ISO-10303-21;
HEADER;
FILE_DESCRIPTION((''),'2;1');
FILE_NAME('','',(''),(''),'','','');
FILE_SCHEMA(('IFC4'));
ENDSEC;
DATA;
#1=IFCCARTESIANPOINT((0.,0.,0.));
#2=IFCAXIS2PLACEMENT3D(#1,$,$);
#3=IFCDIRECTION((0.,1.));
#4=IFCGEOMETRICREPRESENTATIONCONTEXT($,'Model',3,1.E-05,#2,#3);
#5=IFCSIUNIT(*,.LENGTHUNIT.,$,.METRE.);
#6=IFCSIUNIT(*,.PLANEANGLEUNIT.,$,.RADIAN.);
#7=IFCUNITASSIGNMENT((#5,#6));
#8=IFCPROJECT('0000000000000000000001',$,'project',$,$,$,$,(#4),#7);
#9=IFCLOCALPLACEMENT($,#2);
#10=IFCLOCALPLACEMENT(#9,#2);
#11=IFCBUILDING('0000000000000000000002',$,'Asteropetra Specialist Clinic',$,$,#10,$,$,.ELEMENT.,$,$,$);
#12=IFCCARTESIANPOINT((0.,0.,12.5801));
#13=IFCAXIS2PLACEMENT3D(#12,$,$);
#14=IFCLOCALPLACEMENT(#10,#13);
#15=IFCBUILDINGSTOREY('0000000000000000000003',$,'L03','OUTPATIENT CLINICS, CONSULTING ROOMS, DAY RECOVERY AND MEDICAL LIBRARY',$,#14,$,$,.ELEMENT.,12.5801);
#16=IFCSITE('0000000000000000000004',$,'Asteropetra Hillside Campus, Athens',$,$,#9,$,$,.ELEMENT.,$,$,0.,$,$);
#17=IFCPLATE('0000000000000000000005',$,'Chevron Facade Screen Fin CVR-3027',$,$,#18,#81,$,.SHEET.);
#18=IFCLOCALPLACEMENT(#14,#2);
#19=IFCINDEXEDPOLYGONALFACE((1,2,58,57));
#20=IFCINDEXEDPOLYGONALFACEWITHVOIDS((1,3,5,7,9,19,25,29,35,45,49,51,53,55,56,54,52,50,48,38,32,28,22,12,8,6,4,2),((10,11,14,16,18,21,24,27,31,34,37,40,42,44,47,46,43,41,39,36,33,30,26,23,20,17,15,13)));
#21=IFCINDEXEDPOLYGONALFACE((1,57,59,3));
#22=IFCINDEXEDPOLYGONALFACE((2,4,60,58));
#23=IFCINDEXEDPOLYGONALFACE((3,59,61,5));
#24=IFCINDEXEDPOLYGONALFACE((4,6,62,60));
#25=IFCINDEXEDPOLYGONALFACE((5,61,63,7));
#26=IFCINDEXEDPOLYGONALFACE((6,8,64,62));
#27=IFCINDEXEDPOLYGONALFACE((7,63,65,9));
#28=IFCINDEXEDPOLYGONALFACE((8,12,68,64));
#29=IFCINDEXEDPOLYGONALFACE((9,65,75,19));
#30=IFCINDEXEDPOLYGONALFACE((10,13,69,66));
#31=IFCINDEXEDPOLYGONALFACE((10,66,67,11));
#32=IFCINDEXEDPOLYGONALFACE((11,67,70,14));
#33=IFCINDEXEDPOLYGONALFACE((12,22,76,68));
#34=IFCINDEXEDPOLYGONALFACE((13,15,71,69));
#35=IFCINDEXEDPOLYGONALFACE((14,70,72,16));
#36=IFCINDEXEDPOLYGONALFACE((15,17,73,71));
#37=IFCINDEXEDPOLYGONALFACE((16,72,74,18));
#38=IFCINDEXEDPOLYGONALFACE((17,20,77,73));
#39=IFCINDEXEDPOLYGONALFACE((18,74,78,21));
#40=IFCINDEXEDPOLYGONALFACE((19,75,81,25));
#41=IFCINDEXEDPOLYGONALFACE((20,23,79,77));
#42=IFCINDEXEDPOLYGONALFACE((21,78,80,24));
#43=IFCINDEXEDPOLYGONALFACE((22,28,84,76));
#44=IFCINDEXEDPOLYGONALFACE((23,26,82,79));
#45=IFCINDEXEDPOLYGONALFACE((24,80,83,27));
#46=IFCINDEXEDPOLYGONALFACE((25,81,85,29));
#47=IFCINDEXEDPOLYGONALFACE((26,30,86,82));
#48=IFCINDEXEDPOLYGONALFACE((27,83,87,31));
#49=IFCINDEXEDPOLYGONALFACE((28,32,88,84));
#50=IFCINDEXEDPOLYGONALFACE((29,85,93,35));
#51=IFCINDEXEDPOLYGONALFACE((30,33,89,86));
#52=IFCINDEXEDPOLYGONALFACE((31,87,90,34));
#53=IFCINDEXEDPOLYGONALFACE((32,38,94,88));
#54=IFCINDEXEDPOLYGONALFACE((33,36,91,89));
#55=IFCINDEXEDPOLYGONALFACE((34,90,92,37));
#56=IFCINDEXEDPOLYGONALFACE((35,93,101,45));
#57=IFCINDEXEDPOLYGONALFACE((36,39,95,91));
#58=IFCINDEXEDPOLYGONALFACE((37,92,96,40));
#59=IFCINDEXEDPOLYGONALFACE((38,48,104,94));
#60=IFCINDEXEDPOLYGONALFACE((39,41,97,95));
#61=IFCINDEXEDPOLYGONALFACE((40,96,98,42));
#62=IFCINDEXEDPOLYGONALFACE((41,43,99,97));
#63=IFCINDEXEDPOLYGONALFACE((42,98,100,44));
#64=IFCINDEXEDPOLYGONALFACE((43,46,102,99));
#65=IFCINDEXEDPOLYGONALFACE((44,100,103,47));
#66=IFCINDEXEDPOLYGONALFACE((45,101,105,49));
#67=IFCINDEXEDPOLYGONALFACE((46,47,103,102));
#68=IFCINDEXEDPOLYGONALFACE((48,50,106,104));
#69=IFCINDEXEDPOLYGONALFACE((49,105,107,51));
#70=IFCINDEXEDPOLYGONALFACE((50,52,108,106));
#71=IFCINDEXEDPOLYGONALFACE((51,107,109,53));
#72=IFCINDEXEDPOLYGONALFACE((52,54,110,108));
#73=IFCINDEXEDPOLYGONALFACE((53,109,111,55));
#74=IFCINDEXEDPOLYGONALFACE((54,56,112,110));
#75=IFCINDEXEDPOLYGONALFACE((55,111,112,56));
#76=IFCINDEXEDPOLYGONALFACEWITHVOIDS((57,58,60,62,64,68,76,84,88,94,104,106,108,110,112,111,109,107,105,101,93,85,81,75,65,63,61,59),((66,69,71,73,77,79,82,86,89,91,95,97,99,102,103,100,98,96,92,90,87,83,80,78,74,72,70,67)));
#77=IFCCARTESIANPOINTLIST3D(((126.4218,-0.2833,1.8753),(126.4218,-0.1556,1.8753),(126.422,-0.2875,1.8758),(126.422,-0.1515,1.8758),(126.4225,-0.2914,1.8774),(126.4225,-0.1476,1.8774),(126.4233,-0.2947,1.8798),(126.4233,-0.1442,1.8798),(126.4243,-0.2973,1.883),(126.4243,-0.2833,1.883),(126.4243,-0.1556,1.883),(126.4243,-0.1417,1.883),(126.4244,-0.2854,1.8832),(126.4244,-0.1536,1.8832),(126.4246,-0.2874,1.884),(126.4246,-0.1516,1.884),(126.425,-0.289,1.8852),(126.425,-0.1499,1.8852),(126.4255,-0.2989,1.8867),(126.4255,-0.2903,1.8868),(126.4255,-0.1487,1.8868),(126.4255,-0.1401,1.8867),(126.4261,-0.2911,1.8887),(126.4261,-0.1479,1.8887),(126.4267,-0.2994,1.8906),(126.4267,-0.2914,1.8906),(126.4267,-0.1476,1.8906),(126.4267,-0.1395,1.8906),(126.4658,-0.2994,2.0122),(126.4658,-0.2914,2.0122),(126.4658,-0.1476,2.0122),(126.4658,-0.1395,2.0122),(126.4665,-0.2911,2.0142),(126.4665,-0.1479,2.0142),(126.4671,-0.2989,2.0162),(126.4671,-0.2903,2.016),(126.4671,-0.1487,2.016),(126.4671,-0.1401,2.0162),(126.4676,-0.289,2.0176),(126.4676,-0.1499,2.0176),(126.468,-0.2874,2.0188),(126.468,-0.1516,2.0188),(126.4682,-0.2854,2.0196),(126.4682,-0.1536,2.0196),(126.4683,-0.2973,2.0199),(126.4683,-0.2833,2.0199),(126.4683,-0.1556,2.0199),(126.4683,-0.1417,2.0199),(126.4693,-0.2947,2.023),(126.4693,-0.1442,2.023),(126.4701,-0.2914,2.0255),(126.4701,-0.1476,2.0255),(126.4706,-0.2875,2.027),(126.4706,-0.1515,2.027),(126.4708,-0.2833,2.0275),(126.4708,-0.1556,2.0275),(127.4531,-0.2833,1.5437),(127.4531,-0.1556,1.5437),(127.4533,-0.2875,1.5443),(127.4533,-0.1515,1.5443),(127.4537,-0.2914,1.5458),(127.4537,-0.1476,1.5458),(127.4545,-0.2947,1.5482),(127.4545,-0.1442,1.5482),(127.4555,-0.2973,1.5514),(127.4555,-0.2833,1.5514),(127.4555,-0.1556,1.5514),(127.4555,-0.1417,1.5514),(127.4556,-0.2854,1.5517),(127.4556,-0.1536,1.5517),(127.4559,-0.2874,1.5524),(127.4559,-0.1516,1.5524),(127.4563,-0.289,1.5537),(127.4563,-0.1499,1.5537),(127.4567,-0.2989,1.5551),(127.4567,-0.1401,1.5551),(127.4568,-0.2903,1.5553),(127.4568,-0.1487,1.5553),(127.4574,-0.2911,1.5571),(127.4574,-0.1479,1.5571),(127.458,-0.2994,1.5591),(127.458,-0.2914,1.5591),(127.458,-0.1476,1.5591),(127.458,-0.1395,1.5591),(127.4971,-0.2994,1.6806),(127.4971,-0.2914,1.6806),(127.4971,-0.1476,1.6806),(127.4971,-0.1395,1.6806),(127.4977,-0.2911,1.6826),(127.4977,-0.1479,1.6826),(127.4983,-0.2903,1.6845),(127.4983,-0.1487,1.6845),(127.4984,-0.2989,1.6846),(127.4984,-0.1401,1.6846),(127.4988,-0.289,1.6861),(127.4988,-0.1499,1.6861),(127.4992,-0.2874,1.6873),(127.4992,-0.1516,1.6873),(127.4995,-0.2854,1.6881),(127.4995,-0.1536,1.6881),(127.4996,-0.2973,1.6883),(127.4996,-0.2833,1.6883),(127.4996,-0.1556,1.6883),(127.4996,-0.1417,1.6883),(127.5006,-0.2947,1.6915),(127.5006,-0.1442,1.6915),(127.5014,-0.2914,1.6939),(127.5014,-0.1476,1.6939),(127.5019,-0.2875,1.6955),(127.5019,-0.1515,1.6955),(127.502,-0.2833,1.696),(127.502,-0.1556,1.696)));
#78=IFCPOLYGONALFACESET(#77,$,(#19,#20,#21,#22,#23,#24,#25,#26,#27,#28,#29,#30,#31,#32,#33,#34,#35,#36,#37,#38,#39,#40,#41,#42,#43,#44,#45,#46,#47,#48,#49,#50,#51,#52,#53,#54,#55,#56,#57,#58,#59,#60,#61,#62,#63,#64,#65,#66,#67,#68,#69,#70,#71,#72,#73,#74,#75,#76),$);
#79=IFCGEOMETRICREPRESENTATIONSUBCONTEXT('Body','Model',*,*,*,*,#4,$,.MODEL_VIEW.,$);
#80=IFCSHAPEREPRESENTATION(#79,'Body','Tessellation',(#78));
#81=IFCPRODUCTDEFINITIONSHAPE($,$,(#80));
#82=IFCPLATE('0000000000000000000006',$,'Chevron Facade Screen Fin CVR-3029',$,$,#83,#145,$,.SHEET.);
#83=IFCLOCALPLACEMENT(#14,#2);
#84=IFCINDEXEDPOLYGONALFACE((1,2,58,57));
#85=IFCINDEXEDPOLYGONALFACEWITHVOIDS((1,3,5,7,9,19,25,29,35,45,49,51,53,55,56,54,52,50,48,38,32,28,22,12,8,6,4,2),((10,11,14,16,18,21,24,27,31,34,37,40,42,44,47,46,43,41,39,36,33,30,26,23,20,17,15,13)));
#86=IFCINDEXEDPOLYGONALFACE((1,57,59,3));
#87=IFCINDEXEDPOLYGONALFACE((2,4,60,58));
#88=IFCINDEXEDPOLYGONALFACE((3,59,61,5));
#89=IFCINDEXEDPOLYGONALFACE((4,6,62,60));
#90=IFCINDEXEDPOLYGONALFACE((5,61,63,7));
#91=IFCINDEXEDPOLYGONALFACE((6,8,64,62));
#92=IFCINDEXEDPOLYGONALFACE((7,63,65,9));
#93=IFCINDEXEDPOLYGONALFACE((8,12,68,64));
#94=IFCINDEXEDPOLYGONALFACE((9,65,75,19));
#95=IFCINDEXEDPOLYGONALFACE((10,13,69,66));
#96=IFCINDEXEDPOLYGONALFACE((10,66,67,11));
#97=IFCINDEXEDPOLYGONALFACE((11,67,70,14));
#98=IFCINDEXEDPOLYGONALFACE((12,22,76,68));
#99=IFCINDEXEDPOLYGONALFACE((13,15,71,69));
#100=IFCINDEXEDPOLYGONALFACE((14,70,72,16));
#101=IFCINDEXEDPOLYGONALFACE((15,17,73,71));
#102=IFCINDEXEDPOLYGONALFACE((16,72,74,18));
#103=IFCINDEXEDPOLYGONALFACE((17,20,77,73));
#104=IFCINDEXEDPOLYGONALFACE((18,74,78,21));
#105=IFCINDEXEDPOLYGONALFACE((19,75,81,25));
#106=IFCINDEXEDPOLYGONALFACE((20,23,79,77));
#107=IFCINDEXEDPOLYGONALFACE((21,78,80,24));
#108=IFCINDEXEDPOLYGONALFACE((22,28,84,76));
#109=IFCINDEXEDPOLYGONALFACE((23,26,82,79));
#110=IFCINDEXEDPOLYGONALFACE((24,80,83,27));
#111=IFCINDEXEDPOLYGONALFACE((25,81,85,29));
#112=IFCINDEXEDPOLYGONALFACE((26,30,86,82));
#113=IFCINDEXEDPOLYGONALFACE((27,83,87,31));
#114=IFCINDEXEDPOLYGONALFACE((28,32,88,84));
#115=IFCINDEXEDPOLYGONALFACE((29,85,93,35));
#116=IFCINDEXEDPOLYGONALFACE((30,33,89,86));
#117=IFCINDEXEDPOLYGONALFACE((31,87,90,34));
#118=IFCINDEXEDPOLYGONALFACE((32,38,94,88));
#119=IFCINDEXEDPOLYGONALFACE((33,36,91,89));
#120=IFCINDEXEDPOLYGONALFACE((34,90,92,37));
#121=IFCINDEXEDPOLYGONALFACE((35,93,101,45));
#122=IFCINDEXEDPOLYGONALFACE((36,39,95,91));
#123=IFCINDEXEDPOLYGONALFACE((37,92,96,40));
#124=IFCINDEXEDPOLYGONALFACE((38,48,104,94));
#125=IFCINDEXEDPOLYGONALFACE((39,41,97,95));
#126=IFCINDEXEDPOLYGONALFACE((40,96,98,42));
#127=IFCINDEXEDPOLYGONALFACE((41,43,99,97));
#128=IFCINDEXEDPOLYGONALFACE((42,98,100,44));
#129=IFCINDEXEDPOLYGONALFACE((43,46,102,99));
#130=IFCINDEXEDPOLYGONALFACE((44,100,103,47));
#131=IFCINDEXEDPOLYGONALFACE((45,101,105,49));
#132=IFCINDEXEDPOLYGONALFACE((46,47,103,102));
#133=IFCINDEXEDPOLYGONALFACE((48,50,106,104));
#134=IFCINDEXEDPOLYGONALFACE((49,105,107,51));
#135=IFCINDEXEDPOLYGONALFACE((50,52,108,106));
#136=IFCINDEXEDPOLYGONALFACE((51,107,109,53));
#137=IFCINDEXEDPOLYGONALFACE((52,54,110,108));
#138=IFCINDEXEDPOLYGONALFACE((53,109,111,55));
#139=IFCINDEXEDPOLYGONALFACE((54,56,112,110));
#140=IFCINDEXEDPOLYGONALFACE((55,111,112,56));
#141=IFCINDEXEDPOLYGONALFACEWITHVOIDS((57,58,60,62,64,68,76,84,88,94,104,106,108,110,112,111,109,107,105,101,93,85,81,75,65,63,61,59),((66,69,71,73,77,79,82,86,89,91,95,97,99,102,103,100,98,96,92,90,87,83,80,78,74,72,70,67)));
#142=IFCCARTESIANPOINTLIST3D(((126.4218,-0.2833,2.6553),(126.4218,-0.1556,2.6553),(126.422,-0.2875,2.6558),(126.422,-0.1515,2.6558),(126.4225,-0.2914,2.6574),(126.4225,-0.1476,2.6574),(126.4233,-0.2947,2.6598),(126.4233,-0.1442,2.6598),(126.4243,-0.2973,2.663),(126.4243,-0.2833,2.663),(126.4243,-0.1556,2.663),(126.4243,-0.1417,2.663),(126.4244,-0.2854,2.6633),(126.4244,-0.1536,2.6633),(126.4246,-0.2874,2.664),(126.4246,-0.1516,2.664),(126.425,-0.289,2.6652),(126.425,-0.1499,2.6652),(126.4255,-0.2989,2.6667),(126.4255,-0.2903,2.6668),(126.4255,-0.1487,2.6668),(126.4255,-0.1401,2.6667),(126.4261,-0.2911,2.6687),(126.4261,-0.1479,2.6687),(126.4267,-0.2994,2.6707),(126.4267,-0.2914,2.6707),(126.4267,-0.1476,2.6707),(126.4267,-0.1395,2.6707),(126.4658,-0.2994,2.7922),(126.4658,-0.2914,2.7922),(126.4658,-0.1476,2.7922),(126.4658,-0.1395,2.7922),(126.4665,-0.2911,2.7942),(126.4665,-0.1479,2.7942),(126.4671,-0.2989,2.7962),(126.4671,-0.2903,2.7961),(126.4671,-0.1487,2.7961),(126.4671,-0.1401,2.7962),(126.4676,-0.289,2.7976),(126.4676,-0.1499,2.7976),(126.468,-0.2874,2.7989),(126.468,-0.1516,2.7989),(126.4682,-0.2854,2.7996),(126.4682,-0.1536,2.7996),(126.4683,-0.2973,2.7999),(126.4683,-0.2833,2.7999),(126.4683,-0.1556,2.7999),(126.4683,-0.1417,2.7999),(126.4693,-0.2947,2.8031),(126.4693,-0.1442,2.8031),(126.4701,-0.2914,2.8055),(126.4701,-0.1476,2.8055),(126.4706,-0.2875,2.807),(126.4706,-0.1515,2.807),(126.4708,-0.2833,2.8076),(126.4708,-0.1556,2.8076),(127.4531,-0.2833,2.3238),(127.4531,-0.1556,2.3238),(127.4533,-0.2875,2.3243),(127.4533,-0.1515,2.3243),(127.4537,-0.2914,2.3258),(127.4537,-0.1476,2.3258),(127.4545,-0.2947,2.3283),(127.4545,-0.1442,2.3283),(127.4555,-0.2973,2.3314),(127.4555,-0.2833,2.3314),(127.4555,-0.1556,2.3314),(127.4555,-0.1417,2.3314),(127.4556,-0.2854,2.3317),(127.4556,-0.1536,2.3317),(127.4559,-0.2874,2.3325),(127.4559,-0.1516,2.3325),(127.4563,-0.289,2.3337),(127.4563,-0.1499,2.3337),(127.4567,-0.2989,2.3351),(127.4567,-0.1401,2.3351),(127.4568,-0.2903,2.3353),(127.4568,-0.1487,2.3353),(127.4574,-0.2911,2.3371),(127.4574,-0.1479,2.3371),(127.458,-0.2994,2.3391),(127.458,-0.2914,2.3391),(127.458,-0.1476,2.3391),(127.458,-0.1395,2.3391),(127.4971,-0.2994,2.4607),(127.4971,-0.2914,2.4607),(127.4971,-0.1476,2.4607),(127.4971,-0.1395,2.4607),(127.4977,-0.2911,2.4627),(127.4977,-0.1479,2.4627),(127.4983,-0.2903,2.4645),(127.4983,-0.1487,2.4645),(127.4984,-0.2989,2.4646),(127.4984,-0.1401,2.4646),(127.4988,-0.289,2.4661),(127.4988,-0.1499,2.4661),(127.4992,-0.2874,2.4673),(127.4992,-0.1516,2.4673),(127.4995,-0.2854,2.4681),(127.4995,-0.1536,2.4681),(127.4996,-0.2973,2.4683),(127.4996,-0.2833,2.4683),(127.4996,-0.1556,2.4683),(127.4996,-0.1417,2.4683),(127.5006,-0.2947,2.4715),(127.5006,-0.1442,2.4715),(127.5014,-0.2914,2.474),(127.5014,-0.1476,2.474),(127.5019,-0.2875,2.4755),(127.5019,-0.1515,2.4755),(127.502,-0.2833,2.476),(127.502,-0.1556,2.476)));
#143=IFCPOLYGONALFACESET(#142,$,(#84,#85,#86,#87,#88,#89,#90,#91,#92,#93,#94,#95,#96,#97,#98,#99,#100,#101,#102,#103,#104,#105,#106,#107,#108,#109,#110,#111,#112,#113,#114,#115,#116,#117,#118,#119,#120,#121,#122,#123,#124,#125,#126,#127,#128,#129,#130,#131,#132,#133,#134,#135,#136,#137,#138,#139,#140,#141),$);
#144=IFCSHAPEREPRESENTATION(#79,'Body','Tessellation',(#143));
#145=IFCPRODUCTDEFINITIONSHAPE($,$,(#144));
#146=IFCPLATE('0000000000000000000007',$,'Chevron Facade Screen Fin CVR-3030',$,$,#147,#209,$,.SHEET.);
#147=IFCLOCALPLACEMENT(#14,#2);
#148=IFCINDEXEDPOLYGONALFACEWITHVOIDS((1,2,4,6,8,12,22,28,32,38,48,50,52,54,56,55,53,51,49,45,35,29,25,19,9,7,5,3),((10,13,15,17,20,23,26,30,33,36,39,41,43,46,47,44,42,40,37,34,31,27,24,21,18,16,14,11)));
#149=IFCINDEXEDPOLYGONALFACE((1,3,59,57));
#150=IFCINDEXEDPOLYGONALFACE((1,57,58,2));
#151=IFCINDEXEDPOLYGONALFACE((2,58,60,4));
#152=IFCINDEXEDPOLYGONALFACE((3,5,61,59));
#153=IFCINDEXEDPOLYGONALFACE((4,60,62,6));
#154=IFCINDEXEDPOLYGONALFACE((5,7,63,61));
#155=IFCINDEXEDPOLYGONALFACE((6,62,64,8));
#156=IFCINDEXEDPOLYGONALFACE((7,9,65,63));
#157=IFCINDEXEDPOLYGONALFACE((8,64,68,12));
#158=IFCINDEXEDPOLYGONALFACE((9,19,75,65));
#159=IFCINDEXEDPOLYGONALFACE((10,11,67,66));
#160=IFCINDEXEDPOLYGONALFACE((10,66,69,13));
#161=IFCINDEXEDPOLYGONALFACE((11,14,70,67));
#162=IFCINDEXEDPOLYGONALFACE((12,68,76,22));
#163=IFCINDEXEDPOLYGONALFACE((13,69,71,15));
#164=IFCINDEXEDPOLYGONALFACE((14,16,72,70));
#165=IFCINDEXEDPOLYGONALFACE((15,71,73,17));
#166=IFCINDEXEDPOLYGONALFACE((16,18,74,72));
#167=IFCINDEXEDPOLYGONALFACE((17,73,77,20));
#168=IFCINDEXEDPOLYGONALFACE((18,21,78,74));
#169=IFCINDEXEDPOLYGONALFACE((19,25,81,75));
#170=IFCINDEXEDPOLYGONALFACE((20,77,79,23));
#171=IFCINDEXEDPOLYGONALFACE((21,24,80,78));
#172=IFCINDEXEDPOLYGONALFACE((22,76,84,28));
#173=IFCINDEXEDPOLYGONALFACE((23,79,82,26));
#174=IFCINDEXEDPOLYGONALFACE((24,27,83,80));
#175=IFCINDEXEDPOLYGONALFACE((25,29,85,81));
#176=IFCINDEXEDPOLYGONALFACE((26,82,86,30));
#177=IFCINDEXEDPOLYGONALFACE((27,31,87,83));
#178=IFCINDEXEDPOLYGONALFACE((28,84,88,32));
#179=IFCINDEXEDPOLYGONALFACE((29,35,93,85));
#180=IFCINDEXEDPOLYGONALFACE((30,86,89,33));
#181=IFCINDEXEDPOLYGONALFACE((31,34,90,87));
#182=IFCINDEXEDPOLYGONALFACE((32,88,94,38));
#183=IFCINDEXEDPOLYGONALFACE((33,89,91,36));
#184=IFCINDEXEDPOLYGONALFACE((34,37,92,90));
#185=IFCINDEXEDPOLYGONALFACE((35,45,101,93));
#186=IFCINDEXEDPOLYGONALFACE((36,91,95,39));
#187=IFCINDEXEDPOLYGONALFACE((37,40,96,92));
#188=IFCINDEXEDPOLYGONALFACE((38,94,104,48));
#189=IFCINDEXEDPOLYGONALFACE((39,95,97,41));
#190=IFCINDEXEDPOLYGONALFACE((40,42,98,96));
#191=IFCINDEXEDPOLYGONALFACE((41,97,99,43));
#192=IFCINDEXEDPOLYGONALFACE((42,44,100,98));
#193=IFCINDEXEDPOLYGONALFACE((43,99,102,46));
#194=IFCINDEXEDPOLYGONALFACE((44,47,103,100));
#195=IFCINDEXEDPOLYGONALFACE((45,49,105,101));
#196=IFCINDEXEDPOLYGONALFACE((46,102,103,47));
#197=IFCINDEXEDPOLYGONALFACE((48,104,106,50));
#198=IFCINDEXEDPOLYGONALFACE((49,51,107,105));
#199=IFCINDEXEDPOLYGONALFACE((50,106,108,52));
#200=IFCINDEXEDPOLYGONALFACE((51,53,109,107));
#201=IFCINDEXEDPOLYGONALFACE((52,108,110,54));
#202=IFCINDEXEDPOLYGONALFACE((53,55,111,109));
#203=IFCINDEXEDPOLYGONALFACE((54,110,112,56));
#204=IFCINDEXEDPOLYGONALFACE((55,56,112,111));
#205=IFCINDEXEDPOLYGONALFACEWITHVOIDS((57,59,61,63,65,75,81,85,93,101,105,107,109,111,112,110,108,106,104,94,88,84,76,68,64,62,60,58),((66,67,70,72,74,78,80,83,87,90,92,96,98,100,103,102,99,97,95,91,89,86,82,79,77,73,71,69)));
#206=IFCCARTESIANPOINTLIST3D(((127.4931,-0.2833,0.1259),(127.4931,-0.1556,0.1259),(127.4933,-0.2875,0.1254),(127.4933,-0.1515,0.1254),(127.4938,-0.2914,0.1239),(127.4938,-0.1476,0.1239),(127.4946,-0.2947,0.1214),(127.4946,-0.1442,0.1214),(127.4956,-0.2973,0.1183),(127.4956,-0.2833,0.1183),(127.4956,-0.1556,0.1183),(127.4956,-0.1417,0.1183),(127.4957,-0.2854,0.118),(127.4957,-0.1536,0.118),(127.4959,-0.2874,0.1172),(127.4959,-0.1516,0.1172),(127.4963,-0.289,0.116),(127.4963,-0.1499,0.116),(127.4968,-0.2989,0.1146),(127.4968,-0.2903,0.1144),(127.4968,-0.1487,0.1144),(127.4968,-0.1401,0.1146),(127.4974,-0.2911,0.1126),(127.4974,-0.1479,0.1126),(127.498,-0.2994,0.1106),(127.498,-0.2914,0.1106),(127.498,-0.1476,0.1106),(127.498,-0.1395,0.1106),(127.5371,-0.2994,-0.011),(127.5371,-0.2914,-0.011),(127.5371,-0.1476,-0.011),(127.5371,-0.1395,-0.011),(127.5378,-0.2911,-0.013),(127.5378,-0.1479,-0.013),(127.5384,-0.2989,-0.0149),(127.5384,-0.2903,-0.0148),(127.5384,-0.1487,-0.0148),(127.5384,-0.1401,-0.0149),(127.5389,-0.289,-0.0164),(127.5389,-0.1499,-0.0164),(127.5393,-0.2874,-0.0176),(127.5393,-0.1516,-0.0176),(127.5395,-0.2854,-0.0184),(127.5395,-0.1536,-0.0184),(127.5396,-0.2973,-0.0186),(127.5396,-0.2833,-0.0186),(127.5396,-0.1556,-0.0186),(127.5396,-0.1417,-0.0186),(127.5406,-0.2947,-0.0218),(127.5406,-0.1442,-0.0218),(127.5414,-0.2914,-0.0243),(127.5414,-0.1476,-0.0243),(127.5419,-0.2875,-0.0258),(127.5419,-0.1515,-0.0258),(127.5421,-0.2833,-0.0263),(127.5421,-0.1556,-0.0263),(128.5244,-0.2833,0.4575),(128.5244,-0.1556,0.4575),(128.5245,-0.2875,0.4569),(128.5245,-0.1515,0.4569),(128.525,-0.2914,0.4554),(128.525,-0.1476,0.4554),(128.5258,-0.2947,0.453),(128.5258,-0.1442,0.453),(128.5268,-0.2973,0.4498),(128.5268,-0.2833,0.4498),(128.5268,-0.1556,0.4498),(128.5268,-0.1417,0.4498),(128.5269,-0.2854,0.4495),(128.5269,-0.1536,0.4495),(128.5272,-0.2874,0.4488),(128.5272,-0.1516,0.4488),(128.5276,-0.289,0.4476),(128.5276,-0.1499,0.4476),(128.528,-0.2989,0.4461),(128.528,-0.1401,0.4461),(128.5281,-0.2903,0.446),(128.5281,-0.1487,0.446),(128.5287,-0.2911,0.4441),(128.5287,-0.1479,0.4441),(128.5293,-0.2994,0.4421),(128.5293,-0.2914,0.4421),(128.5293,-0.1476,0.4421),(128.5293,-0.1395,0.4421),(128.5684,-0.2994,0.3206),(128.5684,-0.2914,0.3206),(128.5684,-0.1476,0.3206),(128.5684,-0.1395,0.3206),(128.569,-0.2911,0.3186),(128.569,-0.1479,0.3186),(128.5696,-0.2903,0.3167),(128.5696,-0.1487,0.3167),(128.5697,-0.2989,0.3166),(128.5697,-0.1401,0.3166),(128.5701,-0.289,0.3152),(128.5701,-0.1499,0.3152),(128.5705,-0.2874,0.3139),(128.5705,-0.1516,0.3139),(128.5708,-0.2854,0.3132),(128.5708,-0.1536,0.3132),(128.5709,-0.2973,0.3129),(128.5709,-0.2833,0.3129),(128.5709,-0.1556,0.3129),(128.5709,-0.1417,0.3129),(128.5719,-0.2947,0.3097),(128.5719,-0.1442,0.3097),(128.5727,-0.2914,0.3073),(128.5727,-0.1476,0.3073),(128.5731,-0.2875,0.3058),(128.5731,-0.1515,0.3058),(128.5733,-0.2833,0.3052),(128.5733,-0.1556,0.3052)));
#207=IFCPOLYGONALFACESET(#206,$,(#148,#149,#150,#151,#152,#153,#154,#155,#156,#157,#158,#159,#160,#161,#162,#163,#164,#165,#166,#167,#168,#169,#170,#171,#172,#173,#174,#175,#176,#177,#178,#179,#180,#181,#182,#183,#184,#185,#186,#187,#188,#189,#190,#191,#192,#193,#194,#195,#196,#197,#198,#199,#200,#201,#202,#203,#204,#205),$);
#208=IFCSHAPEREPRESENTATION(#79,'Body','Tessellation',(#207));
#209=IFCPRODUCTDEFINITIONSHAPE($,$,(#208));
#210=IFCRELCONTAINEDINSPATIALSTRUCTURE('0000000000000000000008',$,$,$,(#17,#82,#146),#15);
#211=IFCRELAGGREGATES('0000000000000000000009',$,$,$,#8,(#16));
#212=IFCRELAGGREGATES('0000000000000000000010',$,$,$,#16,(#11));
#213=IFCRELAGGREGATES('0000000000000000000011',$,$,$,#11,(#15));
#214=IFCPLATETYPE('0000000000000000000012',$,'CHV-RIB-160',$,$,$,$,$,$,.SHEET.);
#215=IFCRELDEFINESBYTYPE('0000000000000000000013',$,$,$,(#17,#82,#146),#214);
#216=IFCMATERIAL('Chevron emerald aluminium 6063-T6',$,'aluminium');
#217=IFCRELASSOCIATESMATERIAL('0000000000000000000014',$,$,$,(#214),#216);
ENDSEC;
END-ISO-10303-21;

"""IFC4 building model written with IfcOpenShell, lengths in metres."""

from ifc_helpers import new_model, si_unit, direction, frame, origin, origin_2d, place, context, subcontext, project, spatial, hollow_rectangle, extrude, material, material_profile, profile_set, type_object, element, save


model = new_model("IFC4")

# Units and contexts
model_context = context("Model", 3, precision=1e-05, world=origin(), true_north=direction((0.0, 1.0)))
body_context = subcontext(model_context, "Body", "Model", "MODEL_VIEW")
ifc_project = project(units=[si_unit("LENGTHUNIT", "METRE"), si_unit("PLANEANGLEUNIT", "RADIAN")], contexts=[model_context])

# Site, building, storey
site_placement = place(None, origin())
site = spatial("IfcSite", under=ifc_project, at=site_placement, Name="Asteropetra Hillside Campus, Athens", CompositionType="ELEMENT", RefElevation=0.0)
building_placement = place(site_placement, origin())
building = spatial("IfcBuilding", under=site, at=building_placement, Name="Asteropetra Specialist Clinic", CompositionType="ELEMENT")
storey_placement = place(building_placement, frame((0.0, 0.0, 12.5801)))
storey = spatial("IfcBuildingStorey", under=building, at=storey_placement, Name="L03", Description="OUTPATIENT CLINICS, CONSULTING ROOMS, DAY RECOVERY AND MEDICAL LIBRARY", CompositionType="ELEMENT", Elevation=12.5801)

# Plates
ifc_material_1 = material(Name="Chevron emerald aluminium 6063-T6", Category="aluminium")
ifc_material_profile_1 = material_profile(ifc_material_1, hollow_rectangle(XDim=0.1599, YDim=0.1599, WallThickness=0.0081, InnerFilletRadius=0.0081, OuterFilletRadius=0.0161, at=origin_2d()), Name="SHS 160x160x8.0")
ifc_profile_set_1 = profile_set([ifc_material_profile_1], Name="Chevron emerald aluminium 6063-T6")
plate_type_1 = type_object("IfcPlateType", Name="CHV-RIB-160", PredefinedType="SHEET", material=ifc_profile_set_1)
for number, where, z_axis, x_axis, name in (
    (1, (126.4463, -0.2195, 1.9514), (0.95201, 0.0, -0.306068), (0.0, 1.0, 0.0), "Chevron Facade Screen Fin CVR-3027"),
    (2, (126.4463, -0.2195, 2.7314), (0.95201, 0.0, -0.306068), (0.0, 1.0, 0.0), "Chevron Facade Screen Fin CVR-3029"),
    (3, (127.5176, -0.2195, 0.0498), (0.95201, 0.0, 0.306068), (0.0, 1.0, 0.0), "Chevron Facade Screen Fin CVR-3030"),
):
    element("IfcPlate", number, at=place(storey_placement, frame(where, z_axis=z_axis, x_axis=x_axis)), inside=storey, type_object=plate_type_1, Name=name, PredefinedType="SHEET", context=body_context, shape_type="SweptSolid", body=[
        extrude(hollow_rectangle(XDim=0.1599, YDim=0.1599, WallThickness=0.0081, InnerFilletRadius=0.0081, OuterFilletRadius=0.0161, at=origin_2d()), origin(), (0.0, 0.0, 1.0), 1.0833),
    ])

save(model, "model.ifc")
